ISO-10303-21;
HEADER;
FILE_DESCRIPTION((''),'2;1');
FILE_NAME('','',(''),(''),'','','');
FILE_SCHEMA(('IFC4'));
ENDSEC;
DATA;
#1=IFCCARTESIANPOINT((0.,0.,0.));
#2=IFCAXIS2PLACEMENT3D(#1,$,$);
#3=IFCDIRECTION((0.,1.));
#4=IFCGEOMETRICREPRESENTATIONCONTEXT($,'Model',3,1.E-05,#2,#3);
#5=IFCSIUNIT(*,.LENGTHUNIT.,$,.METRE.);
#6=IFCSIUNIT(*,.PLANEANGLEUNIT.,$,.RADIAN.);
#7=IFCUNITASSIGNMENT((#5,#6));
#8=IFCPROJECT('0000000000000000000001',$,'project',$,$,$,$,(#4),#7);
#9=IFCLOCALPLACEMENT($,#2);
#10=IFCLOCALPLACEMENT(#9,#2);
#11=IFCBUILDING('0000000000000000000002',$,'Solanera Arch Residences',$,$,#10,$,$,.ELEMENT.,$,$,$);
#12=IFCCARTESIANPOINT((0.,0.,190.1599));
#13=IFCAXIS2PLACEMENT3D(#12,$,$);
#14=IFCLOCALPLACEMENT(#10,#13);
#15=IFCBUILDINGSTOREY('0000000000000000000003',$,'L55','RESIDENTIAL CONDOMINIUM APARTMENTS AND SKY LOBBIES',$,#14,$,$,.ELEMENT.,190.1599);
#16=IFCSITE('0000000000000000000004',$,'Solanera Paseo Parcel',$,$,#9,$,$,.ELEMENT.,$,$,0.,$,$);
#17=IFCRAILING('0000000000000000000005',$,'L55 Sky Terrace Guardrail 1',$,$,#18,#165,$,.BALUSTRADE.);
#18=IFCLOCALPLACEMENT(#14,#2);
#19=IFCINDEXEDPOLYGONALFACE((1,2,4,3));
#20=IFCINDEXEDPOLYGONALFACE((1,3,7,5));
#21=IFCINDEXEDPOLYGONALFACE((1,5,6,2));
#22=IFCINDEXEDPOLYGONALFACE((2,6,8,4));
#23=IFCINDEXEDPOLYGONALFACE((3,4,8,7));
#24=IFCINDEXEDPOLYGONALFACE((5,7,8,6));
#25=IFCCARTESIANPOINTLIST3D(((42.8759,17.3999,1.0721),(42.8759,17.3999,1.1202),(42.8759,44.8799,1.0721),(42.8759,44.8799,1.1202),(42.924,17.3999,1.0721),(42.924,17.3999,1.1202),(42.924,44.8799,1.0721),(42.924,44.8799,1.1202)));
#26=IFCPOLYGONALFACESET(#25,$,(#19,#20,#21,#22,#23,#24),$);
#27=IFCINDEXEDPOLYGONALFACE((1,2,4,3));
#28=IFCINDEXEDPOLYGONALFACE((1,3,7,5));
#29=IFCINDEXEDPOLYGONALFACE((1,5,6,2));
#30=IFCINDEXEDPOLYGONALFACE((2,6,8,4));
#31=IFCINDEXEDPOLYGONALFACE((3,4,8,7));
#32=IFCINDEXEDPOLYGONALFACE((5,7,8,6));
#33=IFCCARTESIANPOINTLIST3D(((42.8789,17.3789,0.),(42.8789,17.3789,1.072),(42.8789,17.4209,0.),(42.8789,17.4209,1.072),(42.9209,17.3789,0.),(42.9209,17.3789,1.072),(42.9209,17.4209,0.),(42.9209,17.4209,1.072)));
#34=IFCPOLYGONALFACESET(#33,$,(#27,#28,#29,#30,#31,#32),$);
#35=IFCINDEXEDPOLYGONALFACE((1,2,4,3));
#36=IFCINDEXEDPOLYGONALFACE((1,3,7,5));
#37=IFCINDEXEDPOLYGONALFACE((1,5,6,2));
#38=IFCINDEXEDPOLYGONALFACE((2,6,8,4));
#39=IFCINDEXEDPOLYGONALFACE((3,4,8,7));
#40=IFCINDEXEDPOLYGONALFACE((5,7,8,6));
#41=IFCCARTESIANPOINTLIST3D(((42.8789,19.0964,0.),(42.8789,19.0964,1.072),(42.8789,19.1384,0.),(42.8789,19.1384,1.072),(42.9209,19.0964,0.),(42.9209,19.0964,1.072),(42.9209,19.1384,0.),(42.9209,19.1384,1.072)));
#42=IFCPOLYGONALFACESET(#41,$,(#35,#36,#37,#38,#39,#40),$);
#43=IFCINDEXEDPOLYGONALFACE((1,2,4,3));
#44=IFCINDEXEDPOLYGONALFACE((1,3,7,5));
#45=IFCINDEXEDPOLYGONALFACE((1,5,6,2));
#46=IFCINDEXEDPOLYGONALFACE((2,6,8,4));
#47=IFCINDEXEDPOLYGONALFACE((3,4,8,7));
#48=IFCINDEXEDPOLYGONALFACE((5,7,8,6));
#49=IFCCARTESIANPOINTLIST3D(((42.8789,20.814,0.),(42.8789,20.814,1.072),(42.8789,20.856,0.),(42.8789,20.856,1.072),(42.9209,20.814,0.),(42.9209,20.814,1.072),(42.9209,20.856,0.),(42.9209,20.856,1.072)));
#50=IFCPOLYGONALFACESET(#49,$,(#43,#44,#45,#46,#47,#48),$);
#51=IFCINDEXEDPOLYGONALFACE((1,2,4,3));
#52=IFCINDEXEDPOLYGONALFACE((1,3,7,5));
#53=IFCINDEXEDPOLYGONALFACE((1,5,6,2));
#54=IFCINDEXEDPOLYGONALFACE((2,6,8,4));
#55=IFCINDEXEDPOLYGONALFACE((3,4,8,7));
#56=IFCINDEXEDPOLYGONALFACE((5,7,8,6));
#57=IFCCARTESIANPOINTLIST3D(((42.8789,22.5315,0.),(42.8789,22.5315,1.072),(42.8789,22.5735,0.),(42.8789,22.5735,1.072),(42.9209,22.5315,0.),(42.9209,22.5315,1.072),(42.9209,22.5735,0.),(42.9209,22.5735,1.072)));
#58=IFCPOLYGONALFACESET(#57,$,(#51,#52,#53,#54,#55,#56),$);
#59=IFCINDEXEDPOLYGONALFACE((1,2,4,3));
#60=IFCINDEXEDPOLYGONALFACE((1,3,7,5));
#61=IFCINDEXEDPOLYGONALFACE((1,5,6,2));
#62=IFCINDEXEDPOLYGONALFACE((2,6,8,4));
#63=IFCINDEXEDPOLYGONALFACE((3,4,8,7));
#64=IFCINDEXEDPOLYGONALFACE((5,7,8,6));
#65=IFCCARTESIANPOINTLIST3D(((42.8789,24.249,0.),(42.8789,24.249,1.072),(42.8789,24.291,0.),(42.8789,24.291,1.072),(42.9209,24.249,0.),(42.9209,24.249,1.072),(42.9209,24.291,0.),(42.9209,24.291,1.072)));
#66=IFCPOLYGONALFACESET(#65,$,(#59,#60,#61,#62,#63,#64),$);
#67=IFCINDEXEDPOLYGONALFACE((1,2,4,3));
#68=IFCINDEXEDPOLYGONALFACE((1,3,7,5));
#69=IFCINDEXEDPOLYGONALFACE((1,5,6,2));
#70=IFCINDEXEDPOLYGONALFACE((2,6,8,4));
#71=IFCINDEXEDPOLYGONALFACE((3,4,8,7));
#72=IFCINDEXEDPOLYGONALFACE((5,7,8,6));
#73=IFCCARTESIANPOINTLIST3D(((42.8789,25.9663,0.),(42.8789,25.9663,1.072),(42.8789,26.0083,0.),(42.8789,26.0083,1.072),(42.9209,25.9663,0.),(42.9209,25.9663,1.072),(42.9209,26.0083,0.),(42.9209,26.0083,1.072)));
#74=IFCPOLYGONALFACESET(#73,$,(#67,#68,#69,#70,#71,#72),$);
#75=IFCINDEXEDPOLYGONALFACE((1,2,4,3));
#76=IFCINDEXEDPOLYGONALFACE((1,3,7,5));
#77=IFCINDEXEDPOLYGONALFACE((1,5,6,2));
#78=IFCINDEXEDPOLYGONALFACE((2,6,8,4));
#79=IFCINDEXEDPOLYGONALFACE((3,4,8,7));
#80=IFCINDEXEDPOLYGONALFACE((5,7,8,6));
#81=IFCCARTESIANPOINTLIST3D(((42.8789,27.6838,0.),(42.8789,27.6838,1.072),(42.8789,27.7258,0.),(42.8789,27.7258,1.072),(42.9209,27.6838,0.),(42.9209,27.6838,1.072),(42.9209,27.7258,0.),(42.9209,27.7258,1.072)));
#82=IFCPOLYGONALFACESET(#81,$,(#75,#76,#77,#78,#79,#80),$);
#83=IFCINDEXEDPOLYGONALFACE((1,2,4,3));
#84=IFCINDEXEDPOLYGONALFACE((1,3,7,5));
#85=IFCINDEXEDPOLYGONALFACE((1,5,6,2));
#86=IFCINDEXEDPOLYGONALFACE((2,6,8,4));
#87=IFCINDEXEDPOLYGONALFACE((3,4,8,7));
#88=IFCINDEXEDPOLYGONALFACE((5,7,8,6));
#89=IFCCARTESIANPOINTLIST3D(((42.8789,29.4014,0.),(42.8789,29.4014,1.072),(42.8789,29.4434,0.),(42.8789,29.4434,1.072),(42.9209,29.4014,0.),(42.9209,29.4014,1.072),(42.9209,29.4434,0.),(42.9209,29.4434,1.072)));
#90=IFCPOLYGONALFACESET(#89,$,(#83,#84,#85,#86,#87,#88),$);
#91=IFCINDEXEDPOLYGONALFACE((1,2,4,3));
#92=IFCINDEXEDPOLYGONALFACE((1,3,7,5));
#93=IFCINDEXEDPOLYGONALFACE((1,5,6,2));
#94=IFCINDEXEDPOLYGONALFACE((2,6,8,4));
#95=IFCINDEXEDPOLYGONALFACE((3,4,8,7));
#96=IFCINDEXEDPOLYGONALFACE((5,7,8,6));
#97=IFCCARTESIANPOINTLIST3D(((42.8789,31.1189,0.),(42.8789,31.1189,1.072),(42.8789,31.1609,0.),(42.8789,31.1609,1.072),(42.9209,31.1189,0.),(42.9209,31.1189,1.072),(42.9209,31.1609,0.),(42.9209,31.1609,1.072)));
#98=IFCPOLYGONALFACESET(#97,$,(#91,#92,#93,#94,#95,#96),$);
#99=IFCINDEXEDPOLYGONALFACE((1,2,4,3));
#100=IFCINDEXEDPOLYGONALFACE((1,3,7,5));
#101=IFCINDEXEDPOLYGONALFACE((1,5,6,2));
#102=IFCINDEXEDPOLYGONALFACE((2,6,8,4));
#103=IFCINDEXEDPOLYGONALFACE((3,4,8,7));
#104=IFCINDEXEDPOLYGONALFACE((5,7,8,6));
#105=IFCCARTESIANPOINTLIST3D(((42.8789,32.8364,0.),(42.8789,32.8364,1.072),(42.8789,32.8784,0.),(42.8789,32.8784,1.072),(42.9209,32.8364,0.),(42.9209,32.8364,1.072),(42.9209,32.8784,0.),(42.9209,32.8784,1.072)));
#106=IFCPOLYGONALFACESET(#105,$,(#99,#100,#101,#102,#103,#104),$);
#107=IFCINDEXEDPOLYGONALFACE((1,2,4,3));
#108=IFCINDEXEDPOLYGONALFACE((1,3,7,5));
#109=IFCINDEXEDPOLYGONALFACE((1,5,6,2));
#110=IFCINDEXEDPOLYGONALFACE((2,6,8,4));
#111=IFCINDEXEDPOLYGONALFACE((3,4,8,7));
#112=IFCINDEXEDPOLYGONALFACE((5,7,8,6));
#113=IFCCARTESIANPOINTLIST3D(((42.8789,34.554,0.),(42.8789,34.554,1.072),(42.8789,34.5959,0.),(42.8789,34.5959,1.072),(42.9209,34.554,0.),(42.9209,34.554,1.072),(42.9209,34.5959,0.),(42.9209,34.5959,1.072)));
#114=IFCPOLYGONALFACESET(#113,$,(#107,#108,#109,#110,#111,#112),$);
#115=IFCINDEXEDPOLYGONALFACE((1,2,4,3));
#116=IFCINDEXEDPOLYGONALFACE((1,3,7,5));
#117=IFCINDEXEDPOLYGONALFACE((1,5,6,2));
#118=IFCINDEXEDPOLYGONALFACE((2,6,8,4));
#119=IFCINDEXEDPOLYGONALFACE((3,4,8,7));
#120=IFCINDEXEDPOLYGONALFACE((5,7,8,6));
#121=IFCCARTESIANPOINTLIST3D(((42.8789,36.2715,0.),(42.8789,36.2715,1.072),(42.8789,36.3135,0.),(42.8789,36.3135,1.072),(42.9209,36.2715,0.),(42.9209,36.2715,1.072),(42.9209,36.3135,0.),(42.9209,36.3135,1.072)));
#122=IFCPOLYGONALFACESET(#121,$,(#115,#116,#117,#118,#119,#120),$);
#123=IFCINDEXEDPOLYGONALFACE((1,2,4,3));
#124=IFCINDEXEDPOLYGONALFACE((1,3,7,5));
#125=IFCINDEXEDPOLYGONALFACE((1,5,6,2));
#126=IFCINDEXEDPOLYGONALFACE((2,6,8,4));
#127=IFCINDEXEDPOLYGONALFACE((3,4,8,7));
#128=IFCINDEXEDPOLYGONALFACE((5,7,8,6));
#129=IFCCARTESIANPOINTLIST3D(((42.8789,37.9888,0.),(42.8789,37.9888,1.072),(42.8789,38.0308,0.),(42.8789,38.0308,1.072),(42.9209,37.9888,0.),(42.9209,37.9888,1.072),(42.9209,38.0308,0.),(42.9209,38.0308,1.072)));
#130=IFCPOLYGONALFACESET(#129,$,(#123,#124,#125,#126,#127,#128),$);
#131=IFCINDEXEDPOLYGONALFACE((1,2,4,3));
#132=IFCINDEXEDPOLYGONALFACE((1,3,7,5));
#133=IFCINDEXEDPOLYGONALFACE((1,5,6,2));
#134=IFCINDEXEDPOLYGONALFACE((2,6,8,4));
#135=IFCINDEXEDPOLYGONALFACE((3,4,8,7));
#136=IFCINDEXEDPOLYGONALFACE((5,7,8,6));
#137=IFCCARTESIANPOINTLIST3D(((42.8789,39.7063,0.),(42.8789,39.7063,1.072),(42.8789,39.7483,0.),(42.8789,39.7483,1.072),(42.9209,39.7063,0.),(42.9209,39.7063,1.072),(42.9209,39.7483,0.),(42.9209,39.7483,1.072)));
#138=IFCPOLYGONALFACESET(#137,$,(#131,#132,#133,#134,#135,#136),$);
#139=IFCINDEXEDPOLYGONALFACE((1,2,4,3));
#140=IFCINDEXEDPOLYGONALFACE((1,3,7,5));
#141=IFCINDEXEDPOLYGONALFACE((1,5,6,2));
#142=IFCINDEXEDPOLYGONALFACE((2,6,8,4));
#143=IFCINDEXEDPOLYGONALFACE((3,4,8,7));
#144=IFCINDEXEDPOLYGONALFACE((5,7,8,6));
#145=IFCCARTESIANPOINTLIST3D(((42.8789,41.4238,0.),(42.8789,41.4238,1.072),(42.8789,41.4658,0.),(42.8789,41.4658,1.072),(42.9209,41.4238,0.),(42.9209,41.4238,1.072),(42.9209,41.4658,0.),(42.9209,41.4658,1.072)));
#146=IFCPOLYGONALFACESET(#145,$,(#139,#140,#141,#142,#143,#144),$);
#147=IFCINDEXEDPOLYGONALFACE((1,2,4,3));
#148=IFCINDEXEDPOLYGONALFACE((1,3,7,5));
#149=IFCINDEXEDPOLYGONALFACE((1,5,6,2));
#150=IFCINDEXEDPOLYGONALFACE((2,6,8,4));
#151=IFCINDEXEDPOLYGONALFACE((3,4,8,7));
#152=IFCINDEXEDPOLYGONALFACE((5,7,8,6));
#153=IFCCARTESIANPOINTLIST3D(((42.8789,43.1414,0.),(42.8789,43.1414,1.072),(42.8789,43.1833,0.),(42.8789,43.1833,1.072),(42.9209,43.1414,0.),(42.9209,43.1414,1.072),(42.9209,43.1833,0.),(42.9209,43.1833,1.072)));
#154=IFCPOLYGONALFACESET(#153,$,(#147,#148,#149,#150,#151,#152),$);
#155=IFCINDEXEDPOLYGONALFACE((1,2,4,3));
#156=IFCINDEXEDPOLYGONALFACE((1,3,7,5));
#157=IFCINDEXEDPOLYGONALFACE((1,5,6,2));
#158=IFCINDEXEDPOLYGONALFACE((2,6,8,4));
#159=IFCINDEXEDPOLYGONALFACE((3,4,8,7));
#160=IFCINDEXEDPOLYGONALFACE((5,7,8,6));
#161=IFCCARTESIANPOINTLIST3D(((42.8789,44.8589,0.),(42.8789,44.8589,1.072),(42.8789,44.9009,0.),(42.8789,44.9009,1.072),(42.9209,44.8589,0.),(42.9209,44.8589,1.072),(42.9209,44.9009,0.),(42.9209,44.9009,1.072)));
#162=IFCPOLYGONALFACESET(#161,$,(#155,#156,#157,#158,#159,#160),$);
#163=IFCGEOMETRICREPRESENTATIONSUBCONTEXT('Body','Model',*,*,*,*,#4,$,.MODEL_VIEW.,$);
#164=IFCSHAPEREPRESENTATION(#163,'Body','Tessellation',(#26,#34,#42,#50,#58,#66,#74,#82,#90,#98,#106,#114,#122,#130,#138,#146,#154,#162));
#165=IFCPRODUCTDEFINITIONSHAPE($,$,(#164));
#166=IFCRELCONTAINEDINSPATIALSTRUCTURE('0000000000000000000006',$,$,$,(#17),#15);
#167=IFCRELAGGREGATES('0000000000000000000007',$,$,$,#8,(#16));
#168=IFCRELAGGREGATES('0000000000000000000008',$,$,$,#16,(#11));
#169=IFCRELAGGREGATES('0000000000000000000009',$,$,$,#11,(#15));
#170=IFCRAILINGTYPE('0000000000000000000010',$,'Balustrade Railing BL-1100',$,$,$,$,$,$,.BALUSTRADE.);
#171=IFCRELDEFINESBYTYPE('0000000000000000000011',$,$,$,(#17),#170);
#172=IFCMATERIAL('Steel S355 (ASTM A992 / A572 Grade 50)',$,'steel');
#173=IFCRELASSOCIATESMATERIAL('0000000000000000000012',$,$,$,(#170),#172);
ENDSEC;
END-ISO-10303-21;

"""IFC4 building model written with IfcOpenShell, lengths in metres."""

from ifc_helpers import new_model, si_unit, direction, frame, origin, origin_2d, place, context, subcontext, project, spatial, rectangle, extrude, material, type_object, element, save


model = new_model("IFC4")

# Units and contexts
model_context = context("Model", 3, precision=1e-05, world=origin(), true_north=direction((0.0, 1.0)))
body_context = subcontext(model_context, "Body", "Model", "MODEL_VIEW")
ifc_project = project(units=[si_unit("LENGTHUNIT", "METRE"), si_unit("PLANEANGLEUNIT", "RADIAN")], contexts=[model_context])

# Site, building, storey
site_placement = place(None, origin())
site = spatial("IfcSite", under=ifc_project, at=site_placement, Name="Solanera Paseo Parcel", CompositionType="ELEMENT", RefElevation=0.0)
building_placement = place(site_placement, origin())
building = spatial("IfcBuilding", under=site, at=building_placement, Name="Solanera Arch Residences", CompositionType="ELEMENT")
storey_placement = place(building_placement, frame((0.0, 0.0, 190.1599)))
storey = spatial("IfcBuildingStorey", under=building, at=storey_placement, Name="L55", Description="RESIDENTIAL CONDOMINIUM APARTMENTS AND SKY LOBBIES", CompositionType="ELEMENT", Elevation=190.1599)

# Railing
ifc_material_1 = material(Name="Steel S355 (ASTM A992 / A572 Grade 50)", Category="steel")
railing_type = type_object("IfcRailingType", Name="Balustrade Railing BL-1100", PredefinedType="BALUSTRADE", material=ifc_material_1)
railing_1_placement = place(storey_placement, frame((42.8999, 17.3999, 0.0)))
element("IfcRailing", 1, at=railing_1_placement, inside=storey, type_object=railing_type, Name="L55 Sky Terrace Guardrail 1", PredefinedType="BALUSTRADE", context=body_context, shape_type="SweptSolid", body=[
    extrude(rectangle(XDim=0.0481, YDim=0.0481, at=origin_2d()), frame((0.0, 0.0, 1.0962), z_axis=(0.0, 1.0, 0.0), x_axis=(-1.0, 0.0, 0.0)), (0.0, 0.0, 1.0), 27.48),
    extrude(rectangle(XDim=0.042, YDim=0.042, at=origin_2d()), origin(), (0.0, 0.0, 1.0), 1.072),
    extrude(rectangle(XDim=0.042, YDim=0.042, at=origin_2d()), frame((0.0, 1.7175, 0.0)), (0.0, 0.0, 1.0), 1.072),
    extrude(rectangle(XDim=0.042, YDim=0.042, at=origin_2d()), frame((0.0, 3.4351, 0.0)), (0.0, 0.0, 1.0), 1.072),
    extrude(rectangle(XDim=0.042, YDim=0.042, at=origin_2d()), frame((0.0, 5.1526, 0.0)), (0.0, 0.0, 1.0), 1.072),
    extrude(rectangle(XDim=0.042, YDim=0.042, at=origin_2d()), frame((0.0, 6.8701, 0.0)), (0.0, 0.0, 1.0), 1.072),
    extrude(rectangle(XDim=0.042, YDim=0.042, at=origin_2d()), frame((0.0, 8.5874, 0.0)), (0.0, 0.0, 1.0), 1.072),
    extrude(rectangle(XDim=0.042, YDim=0.042, at=origin_2d()), frame((0.0, 10.3049, 0.0)), (0.0, 0.0, 1.0), 1.072),
    extrude(rectangle(XDim=0.042, YDim=0.042, at=origin_2d()), frame((0.0, 12.0225, 0.0)), (0.0, 0.0, 1.0), 1.072),
    extrude(rectangle(XDim=0.042, YDim=0.042, at=origin_2d()), frame((0.0, 13.74, 0.0)), (0.0, 0.0, 1.0), 1.072),
    extrude(rectangle(XDim=0.042, YDim=0.042, at=origin_2d()), frame((0.0, 15.4575, 0.0)), (0.0, 0.0, 1.0), 1.072),
    extrude(rectangle(XDim=0.042, YDim=0.042, at=origin_2d()), frame((0.0, 17.175, 0.0)), (0.0, 0.0, 1.0), 1.072),
    extrude(rectangle(XDim=0.042, YDim=0.042, at=origin_2d()), frame((0.0, 18.8926, 0.0)), (0.0, 0.0, 1.0), 1.072),
    extrude(rectangle(XDim=0.042, YDim=0.042, at=origin_2d()), frame((0.0, 20.6099, 0.0)), (0.0, 0.0, 1.0), 1.072),
    extrude(rectangle(XDim=0.042, YDim=0.042, at=origin_2d()), frame((0.0, 22.3274, 0.0)), (0.0, 0.0, 1.0), 1.072),
    extrude(rectangle(XDim=0.042, YDim=0.042, at=origin_2d()), frame((0.0, 24.0449, 0.0)), (0.0, 0.0, 1.0), 1.072),
    extrude(rectangle(XDim=0.042, YDim=0.042, at=origin_2d()), frame((0.0, 25.7625, 0.0)), (0.0, 0.0, 1.0), 1.072),
    extrude(rectangle(XDim=0.042, YDim=0.042, at=origin_2d()), frame((0.0, 27.48, 0.0)), (0.0, 0.0, 1.0), 1.072),
])

save(model, "model.ifc")
